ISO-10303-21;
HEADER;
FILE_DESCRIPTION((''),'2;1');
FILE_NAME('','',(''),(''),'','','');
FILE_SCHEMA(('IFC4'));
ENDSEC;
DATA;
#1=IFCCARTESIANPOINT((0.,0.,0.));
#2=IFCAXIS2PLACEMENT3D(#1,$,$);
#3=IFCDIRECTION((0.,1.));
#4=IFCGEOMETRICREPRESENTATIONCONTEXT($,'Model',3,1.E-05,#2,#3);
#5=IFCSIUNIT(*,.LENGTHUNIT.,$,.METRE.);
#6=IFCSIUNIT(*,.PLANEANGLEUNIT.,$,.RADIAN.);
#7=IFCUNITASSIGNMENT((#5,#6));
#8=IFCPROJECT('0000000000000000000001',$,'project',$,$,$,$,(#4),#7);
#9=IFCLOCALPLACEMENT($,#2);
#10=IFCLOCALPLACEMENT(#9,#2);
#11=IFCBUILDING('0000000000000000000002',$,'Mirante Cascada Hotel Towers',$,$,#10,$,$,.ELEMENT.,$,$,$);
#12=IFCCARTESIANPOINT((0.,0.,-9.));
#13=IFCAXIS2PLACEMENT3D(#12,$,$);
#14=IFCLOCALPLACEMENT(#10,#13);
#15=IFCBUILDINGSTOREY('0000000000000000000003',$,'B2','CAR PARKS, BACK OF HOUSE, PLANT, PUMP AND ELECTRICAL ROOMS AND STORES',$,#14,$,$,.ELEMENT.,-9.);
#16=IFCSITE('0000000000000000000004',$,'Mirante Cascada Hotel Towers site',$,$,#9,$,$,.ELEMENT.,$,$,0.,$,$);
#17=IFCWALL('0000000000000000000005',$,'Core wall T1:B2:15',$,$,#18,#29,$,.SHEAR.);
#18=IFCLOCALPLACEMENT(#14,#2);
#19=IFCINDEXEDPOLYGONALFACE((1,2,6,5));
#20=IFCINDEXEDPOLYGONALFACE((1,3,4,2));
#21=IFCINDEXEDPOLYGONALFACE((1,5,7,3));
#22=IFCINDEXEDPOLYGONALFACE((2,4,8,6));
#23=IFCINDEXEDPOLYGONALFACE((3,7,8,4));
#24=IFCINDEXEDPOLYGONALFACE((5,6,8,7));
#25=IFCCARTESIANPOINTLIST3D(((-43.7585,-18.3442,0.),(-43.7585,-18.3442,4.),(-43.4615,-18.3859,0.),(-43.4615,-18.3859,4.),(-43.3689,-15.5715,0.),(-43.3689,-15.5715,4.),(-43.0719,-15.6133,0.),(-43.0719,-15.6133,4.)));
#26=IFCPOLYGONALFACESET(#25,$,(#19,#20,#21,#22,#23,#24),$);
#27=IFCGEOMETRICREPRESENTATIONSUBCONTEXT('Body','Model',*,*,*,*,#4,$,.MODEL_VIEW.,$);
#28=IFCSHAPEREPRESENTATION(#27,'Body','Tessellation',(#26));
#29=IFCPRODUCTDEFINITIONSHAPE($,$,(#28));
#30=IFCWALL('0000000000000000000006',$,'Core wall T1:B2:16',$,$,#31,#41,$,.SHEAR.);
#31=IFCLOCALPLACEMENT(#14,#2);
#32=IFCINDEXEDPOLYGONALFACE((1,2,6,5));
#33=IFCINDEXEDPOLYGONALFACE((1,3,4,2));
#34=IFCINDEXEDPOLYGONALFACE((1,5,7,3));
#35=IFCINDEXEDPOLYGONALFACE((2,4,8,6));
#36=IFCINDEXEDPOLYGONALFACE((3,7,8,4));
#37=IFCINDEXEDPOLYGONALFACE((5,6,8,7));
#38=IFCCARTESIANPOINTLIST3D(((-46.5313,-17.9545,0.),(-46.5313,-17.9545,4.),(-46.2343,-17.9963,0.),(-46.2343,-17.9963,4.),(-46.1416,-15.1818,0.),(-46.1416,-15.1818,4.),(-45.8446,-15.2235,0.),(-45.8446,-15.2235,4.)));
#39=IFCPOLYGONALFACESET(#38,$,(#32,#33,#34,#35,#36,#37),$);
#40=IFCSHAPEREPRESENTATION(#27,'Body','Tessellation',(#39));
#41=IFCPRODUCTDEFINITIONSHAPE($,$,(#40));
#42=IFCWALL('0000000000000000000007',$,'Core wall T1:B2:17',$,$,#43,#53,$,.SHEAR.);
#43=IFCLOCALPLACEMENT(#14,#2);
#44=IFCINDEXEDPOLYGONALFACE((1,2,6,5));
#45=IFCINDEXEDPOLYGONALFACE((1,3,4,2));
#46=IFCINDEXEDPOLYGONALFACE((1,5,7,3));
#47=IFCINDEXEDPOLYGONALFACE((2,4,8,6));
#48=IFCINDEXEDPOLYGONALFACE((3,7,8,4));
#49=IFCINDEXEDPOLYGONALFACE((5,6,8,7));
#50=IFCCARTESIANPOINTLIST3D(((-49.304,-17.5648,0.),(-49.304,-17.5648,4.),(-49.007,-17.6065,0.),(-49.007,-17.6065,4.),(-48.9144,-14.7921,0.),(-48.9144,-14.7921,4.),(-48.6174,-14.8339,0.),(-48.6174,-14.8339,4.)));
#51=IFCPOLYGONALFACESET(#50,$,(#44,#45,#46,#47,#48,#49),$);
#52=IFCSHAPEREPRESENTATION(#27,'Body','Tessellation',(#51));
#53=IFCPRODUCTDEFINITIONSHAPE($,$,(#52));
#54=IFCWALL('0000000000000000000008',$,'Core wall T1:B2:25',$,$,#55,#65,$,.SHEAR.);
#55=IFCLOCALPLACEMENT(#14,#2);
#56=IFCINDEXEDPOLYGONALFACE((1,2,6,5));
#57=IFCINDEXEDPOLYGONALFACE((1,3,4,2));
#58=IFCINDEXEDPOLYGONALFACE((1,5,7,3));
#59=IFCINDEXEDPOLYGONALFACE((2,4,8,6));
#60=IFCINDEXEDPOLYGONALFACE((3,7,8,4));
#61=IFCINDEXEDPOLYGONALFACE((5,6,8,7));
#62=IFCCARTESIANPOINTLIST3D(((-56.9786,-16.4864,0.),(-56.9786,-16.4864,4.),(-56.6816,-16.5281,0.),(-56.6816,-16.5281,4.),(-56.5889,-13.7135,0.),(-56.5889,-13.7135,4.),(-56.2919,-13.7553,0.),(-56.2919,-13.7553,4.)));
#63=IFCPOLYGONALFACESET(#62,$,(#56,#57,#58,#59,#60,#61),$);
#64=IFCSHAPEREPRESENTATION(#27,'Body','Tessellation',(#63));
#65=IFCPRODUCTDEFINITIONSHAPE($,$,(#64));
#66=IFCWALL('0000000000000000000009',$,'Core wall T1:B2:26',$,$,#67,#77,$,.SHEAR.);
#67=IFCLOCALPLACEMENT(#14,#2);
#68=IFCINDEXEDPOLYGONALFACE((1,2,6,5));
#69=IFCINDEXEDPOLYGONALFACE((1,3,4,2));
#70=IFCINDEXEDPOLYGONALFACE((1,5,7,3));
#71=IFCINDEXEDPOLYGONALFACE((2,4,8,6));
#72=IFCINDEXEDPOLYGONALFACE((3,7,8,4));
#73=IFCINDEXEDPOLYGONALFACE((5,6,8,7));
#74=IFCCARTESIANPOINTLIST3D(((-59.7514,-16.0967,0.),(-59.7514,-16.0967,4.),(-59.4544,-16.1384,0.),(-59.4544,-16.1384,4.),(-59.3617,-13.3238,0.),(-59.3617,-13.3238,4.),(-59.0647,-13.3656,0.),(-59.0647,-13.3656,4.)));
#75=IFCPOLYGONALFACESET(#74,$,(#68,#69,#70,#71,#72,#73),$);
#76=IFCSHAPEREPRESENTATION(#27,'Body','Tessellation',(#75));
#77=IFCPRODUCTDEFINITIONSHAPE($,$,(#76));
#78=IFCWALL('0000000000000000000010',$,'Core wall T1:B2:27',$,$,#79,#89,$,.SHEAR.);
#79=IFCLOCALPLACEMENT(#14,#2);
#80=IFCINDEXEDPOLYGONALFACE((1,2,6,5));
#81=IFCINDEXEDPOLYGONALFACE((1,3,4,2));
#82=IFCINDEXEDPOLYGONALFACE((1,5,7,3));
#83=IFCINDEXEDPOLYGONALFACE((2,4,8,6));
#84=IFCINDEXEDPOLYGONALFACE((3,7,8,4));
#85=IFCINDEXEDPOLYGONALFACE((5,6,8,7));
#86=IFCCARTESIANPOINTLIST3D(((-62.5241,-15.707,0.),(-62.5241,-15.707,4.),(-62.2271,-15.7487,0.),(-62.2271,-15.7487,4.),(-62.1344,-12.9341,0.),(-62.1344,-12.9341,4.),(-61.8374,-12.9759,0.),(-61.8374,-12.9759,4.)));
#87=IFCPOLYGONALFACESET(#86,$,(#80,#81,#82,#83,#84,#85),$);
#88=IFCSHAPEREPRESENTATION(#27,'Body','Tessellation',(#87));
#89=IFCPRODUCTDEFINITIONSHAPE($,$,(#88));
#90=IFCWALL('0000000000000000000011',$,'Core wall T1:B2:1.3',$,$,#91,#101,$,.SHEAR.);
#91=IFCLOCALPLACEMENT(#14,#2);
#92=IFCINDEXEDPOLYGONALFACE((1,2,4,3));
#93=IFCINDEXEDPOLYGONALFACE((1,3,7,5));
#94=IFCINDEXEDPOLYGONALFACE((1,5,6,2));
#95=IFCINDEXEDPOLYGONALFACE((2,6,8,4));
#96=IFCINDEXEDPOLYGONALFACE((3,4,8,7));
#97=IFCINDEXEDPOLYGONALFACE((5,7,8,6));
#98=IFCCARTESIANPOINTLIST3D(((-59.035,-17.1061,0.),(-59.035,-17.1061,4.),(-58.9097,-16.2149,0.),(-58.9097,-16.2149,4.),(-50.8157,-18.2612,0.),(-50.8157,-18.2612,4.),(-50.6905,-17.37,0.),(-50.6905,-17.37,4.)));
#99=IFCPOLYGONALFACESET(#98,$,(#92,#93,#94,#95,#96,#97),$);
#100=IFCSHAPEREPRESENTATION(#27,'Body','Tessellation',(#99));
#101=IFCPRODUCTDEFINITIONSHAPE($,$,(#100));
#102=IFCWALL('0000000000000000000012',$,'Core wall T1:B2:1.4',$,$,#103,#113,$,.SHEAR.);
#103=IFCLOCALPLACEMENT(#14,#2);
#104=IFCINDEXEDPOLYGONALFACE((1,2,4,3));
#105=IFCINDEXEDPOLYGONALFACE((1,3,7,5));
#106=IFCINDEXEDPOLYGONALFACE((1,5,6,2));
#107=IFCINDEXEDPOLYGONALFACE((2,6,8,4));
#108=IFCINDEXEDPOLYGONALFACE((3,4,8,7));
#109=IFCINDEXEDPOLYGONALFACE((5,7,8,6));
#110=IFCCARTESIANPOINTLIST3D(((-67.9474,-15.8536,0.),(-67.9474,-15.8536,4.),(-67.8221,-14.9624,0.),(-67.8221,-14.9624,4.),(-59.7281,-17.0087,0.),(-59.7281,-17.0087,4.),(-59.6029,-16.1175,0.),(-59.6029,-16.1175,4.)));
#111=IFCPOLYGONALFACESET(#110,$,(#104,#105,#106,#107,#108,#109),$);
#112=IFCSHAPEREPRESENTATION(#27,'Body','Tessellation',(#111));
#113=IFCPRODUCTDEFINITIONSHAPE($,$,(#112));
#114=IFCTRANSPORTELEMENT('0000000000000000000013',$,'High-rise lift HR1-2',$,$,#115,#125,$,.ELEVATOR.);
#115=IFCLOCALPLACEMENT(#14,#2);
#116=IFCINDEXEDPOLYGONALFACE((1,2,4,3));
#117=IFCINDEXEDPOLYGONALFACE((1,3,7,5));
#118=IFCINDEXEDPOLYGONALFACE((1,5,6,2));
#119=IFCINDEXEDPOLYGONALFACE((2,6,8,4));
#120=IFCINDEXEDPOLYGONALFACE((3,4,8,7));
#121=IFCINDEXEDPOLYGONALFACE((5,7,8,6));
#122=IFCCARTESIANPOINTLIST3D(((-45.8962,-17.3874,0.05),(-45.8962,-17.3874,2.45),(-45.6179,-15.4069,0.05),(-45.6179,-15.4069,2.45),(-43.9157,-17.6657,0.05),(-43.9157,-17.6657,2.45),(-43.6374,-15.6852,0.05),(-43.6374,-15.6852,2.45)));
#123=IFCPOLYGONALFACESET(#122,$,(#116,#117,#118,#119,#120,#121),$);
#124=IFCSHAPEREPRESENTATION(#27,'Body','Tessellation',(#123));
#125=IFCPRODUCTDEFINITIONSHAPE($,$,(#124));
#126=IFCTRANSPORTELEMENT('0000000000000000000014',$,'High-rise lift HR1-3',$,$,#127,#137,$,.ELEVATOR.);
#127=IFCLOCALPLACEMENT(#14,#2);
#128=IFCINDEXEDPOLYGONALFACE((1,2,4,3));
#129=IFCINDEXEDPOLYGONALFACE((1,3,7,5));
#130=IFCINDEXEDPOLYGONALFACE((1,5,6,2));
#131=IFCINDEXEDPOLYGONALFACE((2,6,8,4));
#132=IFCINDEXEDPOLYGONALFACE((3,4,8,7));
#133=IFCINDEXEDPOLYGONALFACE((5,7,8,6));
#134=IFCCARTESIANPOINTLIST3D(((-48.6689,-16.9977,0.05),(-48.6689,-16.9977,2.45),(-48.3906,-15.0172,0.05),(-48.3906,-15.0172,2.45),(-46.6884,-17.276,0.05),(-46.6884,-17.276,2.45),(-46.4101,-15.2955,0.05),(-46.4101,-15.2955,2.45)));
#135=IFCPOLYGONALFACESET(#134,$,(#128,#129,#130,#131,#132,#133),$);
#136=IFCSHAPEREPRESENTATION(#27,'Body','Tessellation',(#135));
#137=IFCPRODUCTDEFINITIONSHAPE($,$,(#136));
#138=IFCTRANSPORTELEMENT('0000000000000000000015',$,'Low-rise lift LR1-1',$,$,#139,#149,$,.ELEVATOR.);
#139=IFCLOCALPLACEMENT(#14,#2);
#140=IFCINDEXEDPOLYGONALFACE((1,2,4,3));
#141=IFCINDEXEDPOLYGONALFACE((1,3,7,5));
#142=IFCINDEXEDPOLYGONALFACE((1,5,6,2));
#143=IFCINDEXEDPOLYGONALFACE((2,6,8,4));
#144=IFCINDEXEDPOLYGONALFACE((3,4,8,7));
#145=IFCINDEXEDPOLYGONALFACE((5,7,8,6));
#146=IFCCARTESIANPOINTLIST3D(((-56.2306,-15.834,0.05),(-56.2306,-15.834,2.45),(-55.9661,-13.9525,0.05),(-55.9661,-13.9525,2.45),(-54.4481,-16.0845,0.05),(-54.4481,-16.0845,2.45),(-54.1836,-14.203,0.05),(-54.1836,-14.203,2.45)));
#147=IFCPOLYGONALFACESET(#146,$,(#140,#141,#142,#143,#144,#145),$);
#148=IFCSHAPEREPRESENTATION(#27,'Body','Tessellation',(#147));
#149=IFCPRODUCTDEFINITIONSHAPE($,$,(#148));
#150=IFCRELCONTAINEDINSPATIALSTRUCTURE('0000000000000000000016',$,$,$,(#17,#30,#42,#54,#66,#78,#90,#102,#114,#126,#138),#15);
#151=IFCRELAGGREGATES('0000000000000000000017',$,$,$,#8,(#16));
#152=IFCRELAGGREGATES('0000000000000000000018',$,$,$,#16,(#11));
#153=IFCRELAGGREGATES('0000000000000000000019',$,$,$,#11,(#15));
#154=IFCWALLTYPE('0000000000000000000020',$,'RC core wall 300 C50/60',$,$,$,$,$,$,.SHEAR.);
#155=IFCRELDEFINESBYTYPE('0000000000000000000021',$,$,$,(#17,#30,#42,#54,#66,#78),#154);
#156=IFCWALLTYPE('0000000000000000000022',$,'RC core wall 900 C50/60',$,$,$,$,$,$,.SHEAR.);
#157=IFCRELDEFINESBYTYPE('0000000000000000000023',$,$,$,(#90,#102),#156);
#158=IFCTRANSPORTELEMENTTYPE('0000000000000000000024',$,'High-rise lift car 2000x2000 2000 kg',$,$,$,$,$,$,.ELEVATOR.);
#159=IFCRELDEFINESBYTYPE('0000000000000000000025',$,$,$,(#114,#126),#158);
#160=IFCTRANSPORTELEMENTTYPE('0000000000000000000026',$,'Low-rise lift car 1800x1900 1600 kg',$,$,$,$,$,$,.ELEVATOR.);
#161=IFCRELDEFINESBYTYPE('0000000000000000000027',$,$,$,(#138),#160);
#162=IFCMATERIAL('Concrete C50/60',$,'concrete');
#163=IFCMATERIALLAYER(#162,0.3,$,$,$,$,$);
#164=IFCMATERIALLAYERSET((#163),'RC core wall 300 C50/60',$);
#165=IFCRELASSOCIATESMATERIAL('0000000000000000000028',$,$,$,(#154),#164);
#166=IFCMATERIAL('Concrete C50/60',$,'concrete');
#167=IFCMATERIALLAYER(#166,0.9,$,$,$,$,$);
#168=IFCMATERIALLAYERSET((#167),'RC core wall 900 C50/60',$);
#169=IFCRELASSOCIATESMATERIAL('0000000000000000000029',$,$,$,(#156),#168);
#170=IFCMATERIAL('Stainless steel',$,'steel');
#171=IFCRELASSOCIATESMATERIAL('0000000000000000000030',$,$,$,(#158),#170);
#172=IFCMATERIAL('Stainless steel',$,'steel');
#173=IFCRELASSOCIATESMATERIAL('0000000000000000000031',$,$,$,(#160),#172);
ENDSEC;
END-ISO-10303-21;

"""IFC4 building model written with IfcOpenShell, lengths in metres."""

from ifc_helpers import new_model, si_unit, direction, frame, frame_2d, origin, origin_2d, place, context, subcontext, project, spatial, rectangle, extrude, material, layer, layer_set, type_object, element, save


model = new_model("IFC4")

# Units and contexts
model_context = context("Model", 3, precision=1e-05, world=origin(), true_north=direction((0.0, 1.0)))
body_context = subcontext(model_context, "Body", "Model", "MODEL_VIEW")
ifc_project = project(units=[si_unit("LENGTHUNIT", "METRE"), si_unit("PLANEANGLEUNIT", "RADIAN")], contexts=[model_context])

# Site, building, storey
site_placement = place(None, origin())
site = spatial("IfcSite", under=ifc_project, at=site_placement, Name="Mirante Cascada Hotel Towers site", CompositionType="ELEMENT", RefElevation=0.0)
building_placement = place(site_placement, origin())
building = spatial("IfcBuilding", under=site, at=building_placement, Name="Mirante Cascada Hotel Towers", CompositionType="ELEMENT")
storey_placement = place(building_placement, frame((0.0, 0.0, -9.0)))
storey = spatial("IfcBuildingStorey", under=building, at=storey_placement, Name="B2", Description="CAR PARKS, BACK OF HOUSE, PLANT, PUMP AND ELECTRICAL ROOMS AND STORES", CompositionType="ELEMENT", Elevation=-9.0)

# Walls
ifc_material_1 = material(Name="Concrete C50/60", Category="concrete")
ifc_layer_1 = layer(ifc_material_1, 0.3)
ifc_layer_set_1 = layer_set([ifc_layer_1], Name="RC core wall 300 C50/60")
wall_type_1 = type_object("IfcWallType", Name="RC core wall 300 C50/60", PredefinedType="SHEAR", material=ifc_layer_set_1)
wall_1_placement = place(storey_placement, frame((-43.61, -18.3651, 0.0), z_axis=(0.0, 0.0, 1.0), x_axis=(0.139146, 0.990272, 0.0)))
element("IfcWall", 1, at=wall_1_placement, inside=storey, type_object=wall_type_1, Name="Core wall T1:B2:15", PredefinedType="SHEAR", context=body_context, shape_type="SweptSolid", body=[
    extrude(rectangle(XDim=2.7999, YDim=0.3, at=frame_2d((1.4, 0.0))), origin(), (0.0, 0.0, 1.0), 4.0),
])
wall_2_placement = place(storey_placement, frame((-46.3828, -17.9754, 0.0), z_axis=(0.0, 0.0, 1.0), x_axis=(0.139181, 0.990267, 0.0)))
element("IfcWall", 2, at=wall_2_placement, inside=storey, type_object=wall_type_1, Name="Core wall T1:B2:16", PredefinedType="SHEAR", context=body_context, shape_type="SweptSolid", body=[
    extrude(rectangle(XDim=2.8, YDim=0.3, at=frame_2d((1.4, 0.0))), origin(), (0.0, 0.0, 1.0), 4.0),
])
wall_3_placement = place(storey_placement, frame((-49.1555, -17.5857, 0.0), z_axis=(0.0, 0.0, 1.0), x_axis=(0.139146, 0.990272, 0.0)))
element("IfcWall", 3, at=wall_3_placement, inside=storey, type_object=wall_type_1, Name="Core wall T1:B2:17", PredefinedType="SHEAR", context=body_context, shape_type="SweptSolid", body=[
    extrude(rectangle(XDim=2.7999, YDim=0.3, at=frame_2d((1.4, 0.0))), origin(), (0.0, 0.0, 1.0), 4.0),
])
for number, where, z_axis, x_axis, name in (
    (4, (-56.8301, -16.5072, 0.0), (0.0, 0.0, 1.0), (0.139176, 0.990268, 0.0), "Core wall T1:B2:25"),
    (5, (-59.6029, -16.1175, 0.0), (0.0, 0.0, 1.0), (0.139176, 0.990268, 0.0), "Core wall T1:B2:26"),
    (6, (-62.3756, -15.7278, 0.0), (0.0, 0.0, 1.0), (0.139176, 0.990268, 0.0), "Core wall T1:B2:27"),
):
    element("IfcWall", number, at=place(storey_placement, frame(where, z_axis=z_axis, x_axis=x_axis)), inside=storey, type_object=wall_type_1, Name=name, PredefinedType="SHEAR", context=body_context, shape_type="SweptSolid", body=[
        extrude(rectangle(XDim=2.8001, YDim=0.3, at=frame_2d((1.4, 0.0))), origin(), (0.0, 0.0, 1.0), 4.0),
    ])
ifc_material_2 = material(Name="Concrete C50/60", Category="concrete")
ifc_layer_2 = layer(ifc_material_2, 0.9)
ifc_layer_set_2 = layer_set([ifc_layer_2], Name="RC core wall 900 C50/60")
wall_type_2 = type_object("IfcWallType", Name="RC core wall 900 C50/60", PredefinedType="SHEAR", material=ifc_layer_set_2)
for number, where, z_axis, x_axis, name in (
    (7, (-50.7531, -17.8156, 0.0), (0.0, 0.0, 1.0), (-0.990269, 0.139169, 0.0), "Core wall T1:B2:1.3"),
    (8, (-59.6655, -16.5631, 0.0), (0.0, 0.0, 1.0), (-0.990269, 0.139169, 0.0), "Core wall T1:B2:1.4"),
):
    element("IfcWall", number, at=place(storey_placement, frame(where, z_axis=z_axis, x_axis=x_axis)), inside=storey, type_object=wall_type_2, Name=name, PredefinedType="SHEAR", context=body_context, shape_type="SweptSolid", body=[
        extrude(rectangle(XDim=8.3, YDim=0.9, at=frame_2d((4.15, 0.0))), origin(), (0.0, 0.0, 1.0), 4.0),
    ])

# Transport elements
ifc_material_3 = material(Name="Stainless steel", Category="steel")
transport_element_type_1 = type_object("IfcTransportElementType", Name="High-rise lift car 2000x2000 2000 kg", PredefinedType="ELEVATOR", material=ifc_material_3)
for number, where, z_axis, x_axis, name in (
    (9, (-44.7668, -16.5363, 0.05), (0.0, 0.0, 1.0), (-0.990268, 0.139173, 0.0), "High-rise lift HR1-2"),
    (10, (-47.5395, -16.1466, 0.05), (0.0, 0.0, 1.0), (-0.990268, 0.139173, 0.0), "High-rise lift HR1-3"),
):
    element("IfcTransportElement", number, at=place(storey_placement, frame(where, z_axis=z_axis, x_axis=x_axis)), inside=storey, type_object=transport_element_type_1, Name=name, PredefinedType="ELEVATOR", context=body_context, shape_type="SweptSolid", body=[
        extrude(rectangle(XDim=2.0, YDim=2.0, at=origin_2d()), origin(), (0.0, 0.0, 1.0), 2.4),
    ])
ifc_material_4 = material(Name="Stainless steel", Category="steel")
transport_element_type_2 = type_object("IfcTransportElementType", Name="Low-rise lift car 1800x1900 1600 kg", PredefinedType="ELEVATOR", material=ifc_material_4)
transport_element_placement = place(storey_placement, frame((-55.2071, -15.0185, 0.05), z_axis=(0.0, 0.0, 1.0), x_axis=(-0.990268, 0.139173, 0.0)))
element("IfcTransportElement", 11, at=transport_element_placement, inside=storey, type_object=transport_element_type_2, Name="Low-rise lift LR1-1", PredefinedType="ELEVATOR", context=body_context, shape_type="SweptSolid", body=[
    extrude(rectangle(XDim=1.8, YDim=1.9, at=origin_2d()), origin(), (0.0, 0.0, 1.0), 2.4),
])

save(model, "model.ifc")
